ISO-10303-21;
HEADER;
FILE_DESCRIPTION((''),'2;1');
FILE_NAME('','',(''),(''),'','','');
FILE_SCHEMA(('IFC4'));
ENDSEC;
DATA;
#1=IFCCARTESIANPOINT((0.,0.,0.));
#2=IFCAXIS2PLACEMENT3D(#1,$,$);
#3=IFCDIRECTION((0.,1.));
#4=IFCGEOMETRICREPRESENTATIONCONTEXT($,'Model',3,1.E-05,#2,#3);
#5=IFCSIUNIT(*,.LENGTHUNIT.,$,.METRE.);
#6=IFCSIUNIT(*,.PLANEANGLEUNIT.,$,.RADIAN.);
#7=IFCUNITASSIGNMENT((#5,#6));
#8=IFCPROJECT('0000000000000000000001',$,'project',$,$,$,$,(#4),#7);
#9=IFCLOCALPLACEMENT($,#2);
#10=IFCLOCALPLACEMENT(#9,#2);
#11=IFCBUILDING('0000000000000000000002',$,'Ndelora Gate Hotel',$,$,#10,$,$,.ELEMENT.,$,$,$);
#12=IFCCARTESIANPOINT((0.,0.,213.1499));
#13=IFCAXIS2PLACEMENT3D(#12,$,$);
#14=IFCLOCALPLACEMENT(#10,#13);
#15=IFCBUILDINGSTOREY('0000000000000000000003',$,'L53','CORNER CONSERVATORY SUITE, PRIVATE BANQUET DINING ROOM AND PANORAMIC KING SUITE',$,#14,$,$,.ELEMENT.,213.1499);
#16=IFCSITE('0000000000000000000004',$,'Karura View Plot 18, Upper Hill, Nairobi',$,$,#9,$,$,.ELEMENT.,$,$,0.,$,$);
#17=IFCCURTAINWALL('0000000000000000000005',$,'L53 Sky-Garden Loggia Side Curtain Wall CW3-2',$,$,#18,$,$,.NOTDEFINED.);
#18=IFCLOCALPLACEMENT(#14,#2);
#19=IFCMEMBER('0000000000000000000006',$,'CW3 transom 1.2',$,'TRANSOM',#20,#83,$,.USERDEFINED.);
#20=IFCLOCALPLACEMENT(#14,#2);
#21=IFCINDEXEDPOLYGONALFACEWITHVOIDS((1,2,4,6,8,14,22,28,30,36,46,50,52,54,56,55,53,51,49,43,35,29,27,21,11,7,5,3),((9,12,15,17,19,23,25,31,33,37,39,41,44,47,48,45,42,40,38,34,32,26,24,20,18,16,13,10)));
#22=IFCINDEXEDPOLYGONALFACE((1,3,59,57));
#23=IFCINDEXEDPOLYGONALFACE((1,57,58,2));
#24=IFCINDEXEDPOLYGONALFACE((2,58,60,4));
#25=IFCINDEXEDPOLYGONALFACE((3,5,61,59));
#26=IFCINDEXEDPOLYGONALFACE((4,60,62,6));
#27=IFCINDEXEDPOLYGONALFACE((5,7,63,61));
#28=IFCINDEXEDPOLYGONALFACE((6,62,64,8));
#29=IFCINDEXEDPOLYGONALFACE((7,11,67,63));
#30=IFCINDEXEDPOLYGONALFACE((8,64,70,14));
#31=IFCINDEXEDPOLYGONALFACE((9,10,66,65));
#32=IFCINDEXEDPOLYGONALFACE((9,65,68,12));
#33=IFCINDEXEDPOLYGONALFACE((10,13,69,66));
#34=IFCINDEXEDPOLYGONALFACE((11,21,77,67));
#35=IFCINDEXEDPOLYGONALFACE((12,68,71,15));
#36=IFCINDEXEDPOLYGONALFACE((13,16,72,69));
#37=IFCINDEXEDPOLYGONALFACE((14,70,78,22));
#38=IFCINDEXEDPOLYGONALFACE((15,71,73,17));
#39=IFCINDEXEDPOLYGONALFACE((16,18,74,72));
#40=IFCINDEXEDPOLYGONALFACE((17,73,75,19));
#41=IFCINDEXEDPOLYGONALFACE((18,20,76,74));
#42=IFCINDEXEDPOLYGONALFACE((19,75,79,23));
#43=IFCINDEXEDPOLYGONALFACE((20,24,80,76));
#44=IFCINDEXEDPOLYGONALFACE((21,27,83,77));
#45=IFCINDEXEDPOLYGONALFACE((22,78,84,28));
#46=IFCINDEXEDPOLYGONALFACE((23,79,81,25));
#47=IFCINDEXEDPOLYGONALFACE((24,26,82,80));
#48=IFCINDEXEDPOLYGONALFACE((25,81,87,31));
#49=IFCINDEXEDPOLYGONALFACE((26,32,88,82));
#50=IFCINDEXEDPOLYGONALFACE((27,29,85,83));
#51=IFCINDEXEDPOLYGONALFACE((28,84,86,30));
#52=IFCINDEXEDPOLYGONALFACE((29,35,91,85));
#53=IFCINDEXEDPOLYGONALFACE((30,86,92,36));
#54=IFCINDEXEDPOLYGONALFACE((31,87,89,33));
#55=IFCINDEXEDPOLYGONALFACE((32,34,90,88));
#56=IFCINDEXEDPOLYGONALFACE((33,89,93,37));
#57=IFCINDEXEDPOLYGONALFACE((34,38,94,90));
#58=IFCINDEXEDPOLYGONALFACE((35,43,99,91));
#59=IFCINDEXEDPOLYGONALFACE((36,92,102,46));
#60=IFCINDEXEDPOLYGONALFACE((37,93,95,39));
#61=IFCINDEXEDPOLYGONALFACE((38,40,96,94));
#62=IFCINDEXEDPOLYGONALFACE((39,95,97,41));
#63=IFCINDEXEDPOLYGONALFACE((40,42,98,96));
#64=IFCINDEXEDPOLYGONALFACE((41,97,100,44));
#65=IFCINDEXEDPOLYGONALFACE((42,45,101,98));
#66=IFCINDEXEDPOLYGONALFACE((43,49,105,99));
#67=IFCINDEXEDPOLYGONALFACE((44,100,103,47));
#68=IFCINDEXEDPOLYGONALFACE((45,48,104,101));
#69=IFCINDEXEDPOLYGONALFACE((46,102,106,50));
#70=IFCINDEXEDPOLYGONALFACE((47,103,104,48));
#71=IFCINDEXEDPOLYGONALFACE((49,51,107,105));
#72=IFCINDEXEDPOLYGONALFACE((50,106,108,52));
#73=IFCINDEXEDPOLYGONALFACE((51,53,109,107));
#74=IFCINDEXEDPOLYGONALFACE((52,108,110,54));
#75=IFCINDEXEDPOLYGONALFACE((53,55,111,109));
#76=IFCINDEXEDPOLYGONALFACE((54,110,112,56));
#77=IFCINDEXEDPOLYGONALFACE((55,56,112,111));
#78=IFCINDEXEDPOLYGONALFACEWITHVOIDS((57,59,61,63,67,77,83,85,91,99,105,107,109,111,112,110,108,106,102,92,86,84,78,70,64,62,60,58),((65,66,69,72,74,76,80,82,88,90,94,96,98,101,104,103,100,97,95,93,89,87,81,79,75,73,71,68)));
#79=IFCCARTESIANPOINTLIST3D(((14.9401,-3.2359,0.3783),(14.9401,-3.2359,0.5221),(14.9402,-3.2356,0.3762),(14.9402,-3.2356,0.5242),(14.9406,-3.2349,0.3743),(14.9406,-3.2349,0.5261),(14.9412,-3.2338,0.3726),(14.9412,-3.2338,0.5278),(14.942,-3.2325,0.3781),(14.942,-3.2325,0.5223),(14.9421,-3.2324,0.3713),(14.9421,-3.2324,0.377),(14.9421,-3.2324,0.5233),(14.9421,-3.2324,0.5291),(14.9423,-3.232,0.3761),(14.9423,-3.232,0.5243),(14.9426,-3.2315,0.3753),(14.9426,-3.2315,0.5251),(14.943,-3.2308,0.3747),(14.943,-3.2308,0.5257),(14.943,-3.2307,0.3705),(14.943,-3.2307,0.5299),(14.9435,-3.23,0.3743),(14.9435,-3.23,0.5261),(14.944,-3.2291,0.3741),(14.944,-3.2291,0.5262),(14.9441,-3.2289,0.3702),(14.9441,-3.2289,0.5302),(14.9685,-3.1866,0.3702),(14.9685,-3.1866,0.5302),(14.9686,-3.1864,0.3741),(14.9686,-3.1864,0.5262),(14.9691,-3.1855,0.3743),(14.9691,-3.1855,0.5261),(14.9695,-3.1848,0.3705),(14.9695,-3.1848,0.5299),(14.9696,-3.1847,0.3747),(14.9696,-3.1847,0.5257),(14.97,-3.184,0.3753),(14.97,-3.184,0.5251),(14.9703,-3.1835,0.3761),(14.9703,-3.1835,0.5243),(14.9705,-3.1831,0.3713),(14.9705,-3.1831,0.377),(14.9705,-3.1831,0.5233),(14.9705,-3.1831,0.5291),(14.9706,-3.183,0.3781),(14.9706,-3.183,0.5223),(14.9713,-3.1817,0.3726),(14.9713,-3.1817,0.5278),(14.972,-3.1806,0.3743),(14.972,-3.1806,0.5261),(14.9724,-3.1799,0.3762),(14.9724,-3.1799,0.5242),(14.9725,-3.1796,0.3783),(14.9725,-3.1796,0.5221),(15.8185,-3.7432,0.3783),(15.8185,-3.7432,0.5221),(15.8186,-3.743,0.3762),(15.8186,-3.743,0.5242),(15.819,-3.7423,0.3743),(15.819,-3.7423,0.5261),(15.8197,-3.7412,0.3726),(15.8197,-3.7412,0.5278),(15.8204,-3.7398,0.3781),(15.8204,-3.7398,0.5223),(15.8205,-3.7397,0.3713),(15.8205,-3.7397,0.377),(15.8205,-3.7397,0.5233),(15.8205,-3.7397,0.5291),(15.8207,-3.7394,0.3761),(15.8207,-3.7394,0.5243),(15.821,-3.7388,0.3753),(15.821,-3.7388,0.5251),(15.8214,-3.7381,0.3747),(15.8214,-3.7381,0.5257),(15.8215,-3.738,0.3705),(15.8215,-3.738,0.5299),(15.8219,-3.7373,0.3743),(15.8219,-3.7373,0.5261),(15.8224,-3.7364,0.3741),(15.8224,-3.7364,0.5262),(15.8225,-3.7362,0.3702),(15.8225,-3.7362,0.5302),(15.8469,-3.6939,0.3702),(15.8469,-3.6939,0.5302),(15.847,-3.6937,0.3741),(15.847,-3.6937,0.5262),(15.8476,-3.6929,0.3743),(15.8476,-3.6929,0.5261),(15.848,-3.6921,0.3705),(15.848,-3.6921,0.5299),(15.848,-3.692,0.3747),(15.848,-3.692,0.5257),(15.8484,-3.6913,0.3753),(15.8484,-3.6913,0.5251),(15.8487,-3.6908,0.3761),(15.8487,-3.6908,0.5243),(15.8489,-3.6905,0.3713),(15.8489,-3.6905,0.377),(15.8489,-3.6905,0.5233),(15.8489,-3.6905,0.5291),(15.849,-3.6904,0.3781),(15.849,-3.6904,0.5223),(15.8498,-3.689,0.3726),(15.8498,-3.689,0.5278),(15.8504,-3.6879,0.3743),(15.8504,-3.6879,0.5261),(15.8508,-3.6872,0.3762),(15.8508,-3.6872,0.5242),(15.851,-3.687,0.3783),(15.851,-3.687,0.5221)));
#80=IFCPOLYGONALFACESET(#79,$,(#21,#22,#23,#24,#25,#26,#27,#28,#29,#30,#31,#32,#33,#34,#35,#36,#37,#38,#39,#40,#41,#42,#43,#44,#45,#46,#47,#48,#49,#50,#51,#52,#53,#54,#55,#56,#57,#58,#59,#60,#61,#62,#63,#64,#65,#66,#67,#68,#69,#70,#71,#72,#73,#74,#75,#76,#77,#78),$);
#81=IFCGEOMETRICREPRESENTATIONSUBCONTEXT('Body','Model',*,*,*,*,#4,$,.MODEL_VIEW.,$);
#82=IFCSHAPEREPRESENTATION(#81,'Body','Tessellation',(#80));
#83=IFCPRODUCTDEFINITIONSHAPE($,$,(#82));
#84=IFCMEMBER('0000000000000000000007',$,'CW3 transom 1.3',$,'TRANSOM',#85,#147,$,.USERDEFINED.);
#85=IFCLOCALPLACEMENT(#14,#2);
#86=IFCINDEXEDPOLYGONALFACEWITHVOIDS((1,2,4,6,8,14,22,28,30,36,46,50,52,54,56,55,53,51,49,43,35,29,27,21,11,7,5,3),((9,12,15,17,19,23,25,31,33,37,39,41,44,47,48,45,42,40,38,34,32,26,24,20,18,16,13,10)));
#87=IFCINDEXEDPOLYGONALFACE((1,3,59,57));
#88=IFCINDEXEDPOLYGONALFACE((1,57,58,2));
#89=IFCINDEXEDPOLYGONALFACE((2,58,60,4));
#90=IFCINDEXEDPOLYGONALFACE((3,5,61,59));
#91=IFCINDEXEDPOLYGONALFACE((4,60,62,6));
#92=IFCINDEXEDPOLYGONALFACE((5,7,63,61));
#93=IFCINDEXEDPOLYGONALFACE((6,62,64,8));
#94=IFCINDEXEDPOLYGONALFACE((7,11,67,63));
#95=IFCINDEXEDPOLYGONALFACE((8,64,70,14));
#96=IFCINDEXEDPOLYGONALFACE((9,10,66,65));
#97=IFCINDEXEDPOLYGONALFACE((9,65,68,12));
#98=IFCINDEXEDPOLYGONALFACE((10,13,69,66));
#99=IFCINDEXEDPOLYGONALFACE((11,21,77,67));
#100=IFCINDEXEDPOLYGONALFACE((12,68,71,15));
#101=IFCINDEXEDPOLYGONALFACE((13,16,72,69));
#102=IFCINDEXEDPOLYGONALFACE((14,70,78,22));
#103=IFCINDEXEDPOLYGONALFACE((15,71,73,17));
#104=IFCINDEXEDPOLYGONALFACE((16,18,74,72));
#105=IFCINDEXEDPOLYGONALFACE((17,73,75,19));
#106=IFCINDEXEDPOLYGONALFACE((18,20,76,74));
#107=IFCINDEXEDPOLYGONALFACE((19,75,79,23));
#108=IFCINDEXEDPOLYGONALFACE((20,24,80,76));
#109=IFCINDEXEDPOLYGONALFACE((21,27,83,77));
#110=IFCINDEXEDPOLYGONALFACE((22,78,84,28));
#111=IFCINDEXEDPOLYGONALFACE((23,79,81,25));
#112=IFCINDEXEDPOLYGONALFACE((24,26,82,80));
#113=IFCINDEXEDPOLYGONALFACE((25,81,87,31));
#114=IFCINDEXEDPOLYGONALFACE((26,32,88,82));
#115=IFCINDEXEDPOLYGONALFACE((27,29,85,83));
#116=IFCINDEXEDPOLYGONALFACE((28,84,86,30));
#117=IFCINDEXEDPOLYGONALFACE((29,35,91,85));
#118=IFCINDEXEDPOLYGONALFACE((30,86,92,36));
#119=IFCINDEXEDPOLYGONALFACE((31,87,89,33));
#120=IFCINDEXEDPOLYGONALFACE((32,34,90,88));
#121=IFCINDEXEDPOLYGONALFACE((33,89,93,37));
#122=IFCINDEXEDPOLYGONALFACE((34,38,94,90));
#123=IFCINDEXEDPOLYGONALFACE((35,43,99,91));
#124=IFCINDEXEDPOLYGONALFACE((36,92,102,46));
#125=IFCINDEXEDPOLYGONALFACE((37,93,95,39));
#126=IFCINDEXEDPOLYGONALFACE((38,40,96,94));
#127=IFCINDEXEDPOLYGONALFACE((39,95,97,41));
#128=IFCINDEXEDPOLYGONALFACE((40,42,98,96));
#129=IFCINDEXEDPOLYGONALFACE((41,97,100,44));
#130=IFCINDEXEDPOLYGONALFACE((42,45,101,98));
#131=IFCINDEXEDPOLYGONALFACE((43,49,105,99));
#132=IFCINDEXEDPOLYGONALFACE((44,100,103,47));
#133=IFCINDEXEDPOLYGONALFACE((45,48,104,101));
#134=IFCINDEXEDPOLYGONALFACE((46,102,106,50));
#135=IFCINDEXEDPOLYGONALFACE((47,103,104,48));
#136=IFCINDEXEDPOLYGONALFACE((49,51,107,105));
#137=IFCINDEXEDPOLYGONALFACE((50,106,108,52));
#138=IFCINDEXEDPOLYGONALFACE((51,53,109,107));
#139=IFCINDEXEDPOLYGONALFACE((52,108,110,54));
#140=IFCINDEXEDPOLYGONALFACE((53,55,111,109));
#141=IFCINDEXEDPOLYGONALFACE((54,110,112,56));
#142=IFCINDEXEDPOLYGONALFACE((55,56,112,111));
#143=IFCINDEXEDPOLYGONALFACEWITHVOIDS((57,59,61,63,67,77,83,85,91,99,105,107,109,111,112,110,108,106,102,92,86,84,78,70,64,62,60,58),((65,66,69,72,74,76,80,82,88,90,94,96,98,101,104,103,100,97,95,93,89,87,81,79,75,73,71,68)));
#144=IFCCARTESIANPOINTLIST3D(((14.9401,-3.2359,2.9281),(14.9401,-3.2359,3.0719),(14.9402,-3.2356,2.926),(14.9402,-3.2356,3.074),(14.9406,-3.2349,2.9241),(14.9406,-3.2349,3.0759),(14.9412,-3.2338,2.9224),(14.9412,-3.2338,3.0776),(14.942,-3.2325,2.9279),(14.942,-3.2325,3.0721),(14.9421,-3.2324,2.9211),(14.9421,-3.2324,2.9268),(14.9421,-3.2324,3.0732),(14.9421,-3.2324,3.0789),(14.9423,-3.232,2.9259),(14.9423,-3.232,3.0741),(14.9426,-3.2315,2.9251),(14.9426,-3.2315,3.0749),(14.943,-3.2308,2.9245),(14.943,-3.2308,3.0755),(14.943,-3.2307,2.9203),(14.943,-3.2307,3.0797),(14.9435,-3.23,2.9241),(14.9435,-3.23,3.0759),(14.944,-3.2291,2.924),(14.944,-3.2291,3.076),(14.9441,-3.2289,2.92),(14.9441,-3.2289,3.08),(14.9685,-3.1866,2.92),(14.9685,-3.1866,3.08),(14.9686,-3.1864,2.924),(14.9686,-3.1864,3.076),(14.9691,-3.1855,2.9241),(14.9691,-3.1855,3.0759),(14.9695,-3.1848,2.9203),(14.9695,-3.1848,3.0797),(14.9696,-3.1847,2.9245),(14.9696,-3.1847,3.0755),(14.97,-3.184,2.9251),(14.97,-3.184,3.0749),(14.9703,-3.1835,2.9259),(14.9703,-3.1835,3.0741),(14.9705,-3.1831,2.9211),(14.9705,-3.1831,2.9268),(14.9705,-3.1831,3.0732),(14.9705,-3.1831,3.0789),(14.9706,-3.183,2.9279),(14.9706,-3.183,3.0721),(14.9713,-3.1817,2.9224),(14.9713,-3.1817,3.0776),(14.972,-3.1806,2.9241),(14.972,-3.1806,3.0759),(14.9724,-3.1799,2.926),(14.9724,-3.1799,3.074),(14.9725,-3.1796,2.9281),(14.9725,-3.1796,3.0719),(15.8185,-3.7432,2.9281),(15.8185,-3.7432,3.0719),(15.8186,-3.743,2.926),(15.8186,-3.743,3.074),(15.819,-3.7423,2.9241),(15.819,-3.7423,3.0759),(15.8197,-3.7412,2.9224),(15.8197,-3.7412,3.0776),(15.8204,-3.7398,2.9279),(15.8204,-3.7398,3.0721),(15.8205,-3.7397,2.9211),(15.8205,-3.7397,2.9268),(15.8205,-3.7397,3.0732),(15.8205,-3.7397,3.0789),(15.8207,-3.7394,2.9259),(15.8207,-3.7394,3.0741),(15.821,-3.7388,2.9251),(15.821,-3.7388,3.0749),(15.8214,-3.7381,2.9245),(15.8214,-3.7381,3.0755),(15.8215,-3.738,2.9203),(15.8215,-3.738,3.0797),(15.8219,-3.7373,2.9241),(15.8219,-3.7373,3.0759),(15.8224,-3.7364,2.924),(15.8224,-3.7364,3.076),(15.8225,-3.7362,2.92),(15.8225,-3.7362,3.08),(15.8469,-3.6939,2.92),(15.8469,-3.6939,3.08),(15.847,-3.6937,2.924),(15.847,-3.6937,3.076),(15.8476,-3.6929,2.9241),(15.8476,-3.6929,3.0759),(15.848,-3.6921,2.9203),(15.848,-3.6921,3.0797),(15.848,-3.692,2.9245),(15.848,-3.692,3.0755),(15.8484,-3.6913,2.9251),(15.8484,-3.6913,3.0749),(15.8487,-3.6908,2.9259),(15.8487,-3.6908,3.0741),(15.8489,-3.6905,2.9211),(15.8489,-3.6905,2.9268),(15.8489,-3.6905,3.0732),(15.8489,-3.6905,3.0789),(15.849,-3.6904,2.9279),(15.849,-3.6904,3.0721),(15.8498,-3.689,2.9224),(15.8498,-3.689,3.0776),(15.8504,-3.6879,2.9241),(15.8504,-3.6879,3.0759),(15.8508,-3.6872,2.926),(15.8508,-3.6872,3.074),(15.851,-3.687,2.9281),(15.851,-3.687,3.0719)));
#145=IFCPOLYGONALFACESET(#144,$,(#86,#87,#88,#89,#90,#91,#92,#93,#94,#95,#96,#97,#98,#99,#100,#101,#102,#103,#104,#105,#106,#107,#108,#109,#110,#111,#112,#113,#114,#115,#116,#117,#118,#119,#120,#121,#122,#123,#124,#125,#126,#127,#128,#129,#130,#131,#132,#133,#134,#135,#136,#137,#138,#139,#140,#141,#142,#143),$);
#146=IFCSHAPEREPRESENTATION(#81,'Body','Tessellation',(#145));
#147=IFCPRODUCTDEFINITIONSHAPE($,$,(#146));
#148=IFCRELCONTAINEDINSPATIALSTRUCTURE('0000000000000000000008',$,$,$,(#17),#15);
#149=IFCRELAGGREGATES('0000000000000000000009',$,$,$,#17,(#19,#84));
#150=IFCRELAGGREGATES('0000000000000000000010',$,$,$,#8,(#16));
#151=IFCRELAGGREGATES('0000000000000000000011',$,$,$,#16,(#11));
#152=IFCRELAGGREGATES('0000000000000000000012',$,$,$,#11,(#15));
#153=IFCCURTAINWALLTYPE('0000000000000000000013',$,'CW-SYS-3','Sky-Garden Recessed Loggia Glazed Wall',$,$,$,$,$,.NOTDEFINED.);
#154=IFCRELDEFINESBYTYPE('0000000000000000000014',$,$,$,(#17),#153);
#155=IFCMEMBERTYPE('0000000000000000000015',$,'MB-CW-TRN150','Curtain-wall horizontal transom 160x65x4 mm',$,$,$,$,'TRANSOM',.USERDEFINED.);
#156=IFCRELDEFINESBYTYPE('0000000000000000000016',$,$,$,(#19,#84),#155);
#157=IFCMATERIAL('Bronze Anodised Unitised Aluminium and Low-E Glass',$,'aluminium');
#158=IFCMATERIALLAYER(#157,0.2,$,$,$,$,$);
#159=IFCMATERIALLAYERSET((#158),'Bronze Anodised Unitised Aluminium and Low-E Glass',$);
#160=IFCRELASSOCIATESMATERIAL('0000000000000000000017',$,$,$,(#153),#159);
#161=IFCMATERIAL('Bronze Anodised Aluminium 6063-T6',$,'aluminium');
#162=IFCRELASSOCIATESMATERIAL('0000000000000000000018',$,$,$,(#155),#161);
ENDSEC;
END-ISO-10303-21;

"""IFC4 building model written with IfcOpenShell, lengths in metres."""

from ifc_helpers import new_model, si_unit, direction, frame, origin, origin_2d, place, context, subcontext, project, spatial, hollow_rectangle, extrude, material, layer, layer_set, material_profile, profile_set, type_object, element, aggregate, save


model = new_model("IFC4")

# Units and contexts
model_context = context("Model", 3, precision=1e-05, world=origin(), true_north=direction((0.0, 1.0)))
body_context = subcontext(model_context, "Body", "Model", "MODEL_VIEW")
ifc_project = project(units=[si_unit("LENGTHUNIT", "METRE"), si_unit("PLANEANGLEUNIT", "RADIAN")], contexts=[model_context])

# Site, building, storey
site_placement = place(None, origin())
site = spatial("IfcSite", under=ifc_project, at=site_placement, Name="Karura View Plot 18, Upper Hill, Nairobi", CompositionType="ELEMENT", RefElevation=0.0)
building_placement = place(site_placement, origin())
building = spatial("IfcBuilding", under=site, at=building_placement, Name="Ndelora Gate Hotel", CompositionType="ELEMENT")
storey_placement = place(building_placement, frame((0.0, 0.0, 213.1499)))
storey = spatial("IfcBuildingStorey", under=building, at=storey_placement, Name="L53", Description="CORNER CONSERVATORY SUITE, PRIVATE BANQUET DINING ROOM AND PANORAMIC KING SUITE", CompositionType="ELEMENT", Elevation=213.1499)

# Curtain wall, members
ifc_material_1 = material(Name="Bronze Anodised Unitised Aluminium and Low-E Glass", Category="aluminium")
ifc_layer_1 = layer(ifc_material_1, 0.2)
ifc_layer_set_1 = layer_set([ifc_layer_1], Name="Bronze Anodised Unitised Aluminium and Low-E Glass")
curtain_wall_type = type_object("IfcCurtainWallType", Name="CW-SYS-3", Description="Sky-Garden Recessed Loggia Glazed Wall", PredefinedType="NOTDEFINED", material=ifc_layer_set_1)
curtain_wall_placement = place(storey_placement, origin())
curtain_wall = element("IfcCurtainWall", 1, at=curtain_wall_placement, inside=storey, type_object=curtain_wall_type, Name="L53 Sky-Garden Loggia Side Curtain Wall CW3-2", PredefinedType="NOTDEFINED")
ifc_material_2 = material(Name="Bronze Anodised Aluminium 6063-T6", Category="aluminium")
ifc_material_profile_1 = material_profile(ifc_material_2, hollow_rectangle(XDim=0.0649, YDim=0.1599, WallThickness=0.0039, InnerFilletRadius=0.0039, OuterFilletRadius=0.0081, at=origin_2d()), Name="ALU 160x65x4")
ifc_profile_set_1 = profile_set([ifc_material_profile_1], Name="Bronze Anodised Aluminium 6063-T6")
member_type_1 = type_object("IfcMemberType", Name="MB-CW-TRN150", Description="Curtain-wall horizontal transom 160x65x4 mm", ElementType="TRANSOM", PredefinedType="USERDEFINED", material=ifc_profile_set_1)
member_1_placement = place(storey_placement, frame((15.8347, -3.7151, 0.4502), z_axis=(-0.865953, 0.500125, 0.0), x_axis=(-0.500125, -0.865953, 0.0)))
member_1 = element("IfcMember", 2, at=member_1_placement, type_object=member_type_1, Name="CW3 transom 1.2", ObjectType="TRANSOM", PredefinedType="USERDEFINED", context=body_context, shape_type="SweptSolid", body=[
    extrude(hollow_rectangle(XDim=0.0649, YDim=0.1599, WallThickness=0.0039, InnerFilletRadius=0.0039, OuterFilletRadius=0.0081, at=origin_2d()), origin(), (0.0, 0.0, 1.0), 1.0144),
])
member_2_placement = place(storey_placement, frame((15.8347, -3.7151, 3.0), z_axis=(-0.865953, 0.500125, 0.0), x_axis=(-0.500125, -0.865953, 0.0)))
member_2 = element("IfcMember", 3, at=member_2_placement, type_object=member_type_1, Name="CW3 transom 1.3", ObjectType="TRANSOM", PredefinedType="USERDEFINED", context=body_context, shape_type="SweptSolid", body=[
    extrude(hollow_rectangle(XDim=0.0649, YDim=0.1599, WallThickness=0.0039, InnerFilletRadius=0.0039, OuterFilletRadius=0.0081, at=origin_2d()), origin(), (0.0, 0.0, 1.0), 1.0144),
])
aggregate(curtain_wall, [member_1, member_2])

save(model, "model.ifc")
